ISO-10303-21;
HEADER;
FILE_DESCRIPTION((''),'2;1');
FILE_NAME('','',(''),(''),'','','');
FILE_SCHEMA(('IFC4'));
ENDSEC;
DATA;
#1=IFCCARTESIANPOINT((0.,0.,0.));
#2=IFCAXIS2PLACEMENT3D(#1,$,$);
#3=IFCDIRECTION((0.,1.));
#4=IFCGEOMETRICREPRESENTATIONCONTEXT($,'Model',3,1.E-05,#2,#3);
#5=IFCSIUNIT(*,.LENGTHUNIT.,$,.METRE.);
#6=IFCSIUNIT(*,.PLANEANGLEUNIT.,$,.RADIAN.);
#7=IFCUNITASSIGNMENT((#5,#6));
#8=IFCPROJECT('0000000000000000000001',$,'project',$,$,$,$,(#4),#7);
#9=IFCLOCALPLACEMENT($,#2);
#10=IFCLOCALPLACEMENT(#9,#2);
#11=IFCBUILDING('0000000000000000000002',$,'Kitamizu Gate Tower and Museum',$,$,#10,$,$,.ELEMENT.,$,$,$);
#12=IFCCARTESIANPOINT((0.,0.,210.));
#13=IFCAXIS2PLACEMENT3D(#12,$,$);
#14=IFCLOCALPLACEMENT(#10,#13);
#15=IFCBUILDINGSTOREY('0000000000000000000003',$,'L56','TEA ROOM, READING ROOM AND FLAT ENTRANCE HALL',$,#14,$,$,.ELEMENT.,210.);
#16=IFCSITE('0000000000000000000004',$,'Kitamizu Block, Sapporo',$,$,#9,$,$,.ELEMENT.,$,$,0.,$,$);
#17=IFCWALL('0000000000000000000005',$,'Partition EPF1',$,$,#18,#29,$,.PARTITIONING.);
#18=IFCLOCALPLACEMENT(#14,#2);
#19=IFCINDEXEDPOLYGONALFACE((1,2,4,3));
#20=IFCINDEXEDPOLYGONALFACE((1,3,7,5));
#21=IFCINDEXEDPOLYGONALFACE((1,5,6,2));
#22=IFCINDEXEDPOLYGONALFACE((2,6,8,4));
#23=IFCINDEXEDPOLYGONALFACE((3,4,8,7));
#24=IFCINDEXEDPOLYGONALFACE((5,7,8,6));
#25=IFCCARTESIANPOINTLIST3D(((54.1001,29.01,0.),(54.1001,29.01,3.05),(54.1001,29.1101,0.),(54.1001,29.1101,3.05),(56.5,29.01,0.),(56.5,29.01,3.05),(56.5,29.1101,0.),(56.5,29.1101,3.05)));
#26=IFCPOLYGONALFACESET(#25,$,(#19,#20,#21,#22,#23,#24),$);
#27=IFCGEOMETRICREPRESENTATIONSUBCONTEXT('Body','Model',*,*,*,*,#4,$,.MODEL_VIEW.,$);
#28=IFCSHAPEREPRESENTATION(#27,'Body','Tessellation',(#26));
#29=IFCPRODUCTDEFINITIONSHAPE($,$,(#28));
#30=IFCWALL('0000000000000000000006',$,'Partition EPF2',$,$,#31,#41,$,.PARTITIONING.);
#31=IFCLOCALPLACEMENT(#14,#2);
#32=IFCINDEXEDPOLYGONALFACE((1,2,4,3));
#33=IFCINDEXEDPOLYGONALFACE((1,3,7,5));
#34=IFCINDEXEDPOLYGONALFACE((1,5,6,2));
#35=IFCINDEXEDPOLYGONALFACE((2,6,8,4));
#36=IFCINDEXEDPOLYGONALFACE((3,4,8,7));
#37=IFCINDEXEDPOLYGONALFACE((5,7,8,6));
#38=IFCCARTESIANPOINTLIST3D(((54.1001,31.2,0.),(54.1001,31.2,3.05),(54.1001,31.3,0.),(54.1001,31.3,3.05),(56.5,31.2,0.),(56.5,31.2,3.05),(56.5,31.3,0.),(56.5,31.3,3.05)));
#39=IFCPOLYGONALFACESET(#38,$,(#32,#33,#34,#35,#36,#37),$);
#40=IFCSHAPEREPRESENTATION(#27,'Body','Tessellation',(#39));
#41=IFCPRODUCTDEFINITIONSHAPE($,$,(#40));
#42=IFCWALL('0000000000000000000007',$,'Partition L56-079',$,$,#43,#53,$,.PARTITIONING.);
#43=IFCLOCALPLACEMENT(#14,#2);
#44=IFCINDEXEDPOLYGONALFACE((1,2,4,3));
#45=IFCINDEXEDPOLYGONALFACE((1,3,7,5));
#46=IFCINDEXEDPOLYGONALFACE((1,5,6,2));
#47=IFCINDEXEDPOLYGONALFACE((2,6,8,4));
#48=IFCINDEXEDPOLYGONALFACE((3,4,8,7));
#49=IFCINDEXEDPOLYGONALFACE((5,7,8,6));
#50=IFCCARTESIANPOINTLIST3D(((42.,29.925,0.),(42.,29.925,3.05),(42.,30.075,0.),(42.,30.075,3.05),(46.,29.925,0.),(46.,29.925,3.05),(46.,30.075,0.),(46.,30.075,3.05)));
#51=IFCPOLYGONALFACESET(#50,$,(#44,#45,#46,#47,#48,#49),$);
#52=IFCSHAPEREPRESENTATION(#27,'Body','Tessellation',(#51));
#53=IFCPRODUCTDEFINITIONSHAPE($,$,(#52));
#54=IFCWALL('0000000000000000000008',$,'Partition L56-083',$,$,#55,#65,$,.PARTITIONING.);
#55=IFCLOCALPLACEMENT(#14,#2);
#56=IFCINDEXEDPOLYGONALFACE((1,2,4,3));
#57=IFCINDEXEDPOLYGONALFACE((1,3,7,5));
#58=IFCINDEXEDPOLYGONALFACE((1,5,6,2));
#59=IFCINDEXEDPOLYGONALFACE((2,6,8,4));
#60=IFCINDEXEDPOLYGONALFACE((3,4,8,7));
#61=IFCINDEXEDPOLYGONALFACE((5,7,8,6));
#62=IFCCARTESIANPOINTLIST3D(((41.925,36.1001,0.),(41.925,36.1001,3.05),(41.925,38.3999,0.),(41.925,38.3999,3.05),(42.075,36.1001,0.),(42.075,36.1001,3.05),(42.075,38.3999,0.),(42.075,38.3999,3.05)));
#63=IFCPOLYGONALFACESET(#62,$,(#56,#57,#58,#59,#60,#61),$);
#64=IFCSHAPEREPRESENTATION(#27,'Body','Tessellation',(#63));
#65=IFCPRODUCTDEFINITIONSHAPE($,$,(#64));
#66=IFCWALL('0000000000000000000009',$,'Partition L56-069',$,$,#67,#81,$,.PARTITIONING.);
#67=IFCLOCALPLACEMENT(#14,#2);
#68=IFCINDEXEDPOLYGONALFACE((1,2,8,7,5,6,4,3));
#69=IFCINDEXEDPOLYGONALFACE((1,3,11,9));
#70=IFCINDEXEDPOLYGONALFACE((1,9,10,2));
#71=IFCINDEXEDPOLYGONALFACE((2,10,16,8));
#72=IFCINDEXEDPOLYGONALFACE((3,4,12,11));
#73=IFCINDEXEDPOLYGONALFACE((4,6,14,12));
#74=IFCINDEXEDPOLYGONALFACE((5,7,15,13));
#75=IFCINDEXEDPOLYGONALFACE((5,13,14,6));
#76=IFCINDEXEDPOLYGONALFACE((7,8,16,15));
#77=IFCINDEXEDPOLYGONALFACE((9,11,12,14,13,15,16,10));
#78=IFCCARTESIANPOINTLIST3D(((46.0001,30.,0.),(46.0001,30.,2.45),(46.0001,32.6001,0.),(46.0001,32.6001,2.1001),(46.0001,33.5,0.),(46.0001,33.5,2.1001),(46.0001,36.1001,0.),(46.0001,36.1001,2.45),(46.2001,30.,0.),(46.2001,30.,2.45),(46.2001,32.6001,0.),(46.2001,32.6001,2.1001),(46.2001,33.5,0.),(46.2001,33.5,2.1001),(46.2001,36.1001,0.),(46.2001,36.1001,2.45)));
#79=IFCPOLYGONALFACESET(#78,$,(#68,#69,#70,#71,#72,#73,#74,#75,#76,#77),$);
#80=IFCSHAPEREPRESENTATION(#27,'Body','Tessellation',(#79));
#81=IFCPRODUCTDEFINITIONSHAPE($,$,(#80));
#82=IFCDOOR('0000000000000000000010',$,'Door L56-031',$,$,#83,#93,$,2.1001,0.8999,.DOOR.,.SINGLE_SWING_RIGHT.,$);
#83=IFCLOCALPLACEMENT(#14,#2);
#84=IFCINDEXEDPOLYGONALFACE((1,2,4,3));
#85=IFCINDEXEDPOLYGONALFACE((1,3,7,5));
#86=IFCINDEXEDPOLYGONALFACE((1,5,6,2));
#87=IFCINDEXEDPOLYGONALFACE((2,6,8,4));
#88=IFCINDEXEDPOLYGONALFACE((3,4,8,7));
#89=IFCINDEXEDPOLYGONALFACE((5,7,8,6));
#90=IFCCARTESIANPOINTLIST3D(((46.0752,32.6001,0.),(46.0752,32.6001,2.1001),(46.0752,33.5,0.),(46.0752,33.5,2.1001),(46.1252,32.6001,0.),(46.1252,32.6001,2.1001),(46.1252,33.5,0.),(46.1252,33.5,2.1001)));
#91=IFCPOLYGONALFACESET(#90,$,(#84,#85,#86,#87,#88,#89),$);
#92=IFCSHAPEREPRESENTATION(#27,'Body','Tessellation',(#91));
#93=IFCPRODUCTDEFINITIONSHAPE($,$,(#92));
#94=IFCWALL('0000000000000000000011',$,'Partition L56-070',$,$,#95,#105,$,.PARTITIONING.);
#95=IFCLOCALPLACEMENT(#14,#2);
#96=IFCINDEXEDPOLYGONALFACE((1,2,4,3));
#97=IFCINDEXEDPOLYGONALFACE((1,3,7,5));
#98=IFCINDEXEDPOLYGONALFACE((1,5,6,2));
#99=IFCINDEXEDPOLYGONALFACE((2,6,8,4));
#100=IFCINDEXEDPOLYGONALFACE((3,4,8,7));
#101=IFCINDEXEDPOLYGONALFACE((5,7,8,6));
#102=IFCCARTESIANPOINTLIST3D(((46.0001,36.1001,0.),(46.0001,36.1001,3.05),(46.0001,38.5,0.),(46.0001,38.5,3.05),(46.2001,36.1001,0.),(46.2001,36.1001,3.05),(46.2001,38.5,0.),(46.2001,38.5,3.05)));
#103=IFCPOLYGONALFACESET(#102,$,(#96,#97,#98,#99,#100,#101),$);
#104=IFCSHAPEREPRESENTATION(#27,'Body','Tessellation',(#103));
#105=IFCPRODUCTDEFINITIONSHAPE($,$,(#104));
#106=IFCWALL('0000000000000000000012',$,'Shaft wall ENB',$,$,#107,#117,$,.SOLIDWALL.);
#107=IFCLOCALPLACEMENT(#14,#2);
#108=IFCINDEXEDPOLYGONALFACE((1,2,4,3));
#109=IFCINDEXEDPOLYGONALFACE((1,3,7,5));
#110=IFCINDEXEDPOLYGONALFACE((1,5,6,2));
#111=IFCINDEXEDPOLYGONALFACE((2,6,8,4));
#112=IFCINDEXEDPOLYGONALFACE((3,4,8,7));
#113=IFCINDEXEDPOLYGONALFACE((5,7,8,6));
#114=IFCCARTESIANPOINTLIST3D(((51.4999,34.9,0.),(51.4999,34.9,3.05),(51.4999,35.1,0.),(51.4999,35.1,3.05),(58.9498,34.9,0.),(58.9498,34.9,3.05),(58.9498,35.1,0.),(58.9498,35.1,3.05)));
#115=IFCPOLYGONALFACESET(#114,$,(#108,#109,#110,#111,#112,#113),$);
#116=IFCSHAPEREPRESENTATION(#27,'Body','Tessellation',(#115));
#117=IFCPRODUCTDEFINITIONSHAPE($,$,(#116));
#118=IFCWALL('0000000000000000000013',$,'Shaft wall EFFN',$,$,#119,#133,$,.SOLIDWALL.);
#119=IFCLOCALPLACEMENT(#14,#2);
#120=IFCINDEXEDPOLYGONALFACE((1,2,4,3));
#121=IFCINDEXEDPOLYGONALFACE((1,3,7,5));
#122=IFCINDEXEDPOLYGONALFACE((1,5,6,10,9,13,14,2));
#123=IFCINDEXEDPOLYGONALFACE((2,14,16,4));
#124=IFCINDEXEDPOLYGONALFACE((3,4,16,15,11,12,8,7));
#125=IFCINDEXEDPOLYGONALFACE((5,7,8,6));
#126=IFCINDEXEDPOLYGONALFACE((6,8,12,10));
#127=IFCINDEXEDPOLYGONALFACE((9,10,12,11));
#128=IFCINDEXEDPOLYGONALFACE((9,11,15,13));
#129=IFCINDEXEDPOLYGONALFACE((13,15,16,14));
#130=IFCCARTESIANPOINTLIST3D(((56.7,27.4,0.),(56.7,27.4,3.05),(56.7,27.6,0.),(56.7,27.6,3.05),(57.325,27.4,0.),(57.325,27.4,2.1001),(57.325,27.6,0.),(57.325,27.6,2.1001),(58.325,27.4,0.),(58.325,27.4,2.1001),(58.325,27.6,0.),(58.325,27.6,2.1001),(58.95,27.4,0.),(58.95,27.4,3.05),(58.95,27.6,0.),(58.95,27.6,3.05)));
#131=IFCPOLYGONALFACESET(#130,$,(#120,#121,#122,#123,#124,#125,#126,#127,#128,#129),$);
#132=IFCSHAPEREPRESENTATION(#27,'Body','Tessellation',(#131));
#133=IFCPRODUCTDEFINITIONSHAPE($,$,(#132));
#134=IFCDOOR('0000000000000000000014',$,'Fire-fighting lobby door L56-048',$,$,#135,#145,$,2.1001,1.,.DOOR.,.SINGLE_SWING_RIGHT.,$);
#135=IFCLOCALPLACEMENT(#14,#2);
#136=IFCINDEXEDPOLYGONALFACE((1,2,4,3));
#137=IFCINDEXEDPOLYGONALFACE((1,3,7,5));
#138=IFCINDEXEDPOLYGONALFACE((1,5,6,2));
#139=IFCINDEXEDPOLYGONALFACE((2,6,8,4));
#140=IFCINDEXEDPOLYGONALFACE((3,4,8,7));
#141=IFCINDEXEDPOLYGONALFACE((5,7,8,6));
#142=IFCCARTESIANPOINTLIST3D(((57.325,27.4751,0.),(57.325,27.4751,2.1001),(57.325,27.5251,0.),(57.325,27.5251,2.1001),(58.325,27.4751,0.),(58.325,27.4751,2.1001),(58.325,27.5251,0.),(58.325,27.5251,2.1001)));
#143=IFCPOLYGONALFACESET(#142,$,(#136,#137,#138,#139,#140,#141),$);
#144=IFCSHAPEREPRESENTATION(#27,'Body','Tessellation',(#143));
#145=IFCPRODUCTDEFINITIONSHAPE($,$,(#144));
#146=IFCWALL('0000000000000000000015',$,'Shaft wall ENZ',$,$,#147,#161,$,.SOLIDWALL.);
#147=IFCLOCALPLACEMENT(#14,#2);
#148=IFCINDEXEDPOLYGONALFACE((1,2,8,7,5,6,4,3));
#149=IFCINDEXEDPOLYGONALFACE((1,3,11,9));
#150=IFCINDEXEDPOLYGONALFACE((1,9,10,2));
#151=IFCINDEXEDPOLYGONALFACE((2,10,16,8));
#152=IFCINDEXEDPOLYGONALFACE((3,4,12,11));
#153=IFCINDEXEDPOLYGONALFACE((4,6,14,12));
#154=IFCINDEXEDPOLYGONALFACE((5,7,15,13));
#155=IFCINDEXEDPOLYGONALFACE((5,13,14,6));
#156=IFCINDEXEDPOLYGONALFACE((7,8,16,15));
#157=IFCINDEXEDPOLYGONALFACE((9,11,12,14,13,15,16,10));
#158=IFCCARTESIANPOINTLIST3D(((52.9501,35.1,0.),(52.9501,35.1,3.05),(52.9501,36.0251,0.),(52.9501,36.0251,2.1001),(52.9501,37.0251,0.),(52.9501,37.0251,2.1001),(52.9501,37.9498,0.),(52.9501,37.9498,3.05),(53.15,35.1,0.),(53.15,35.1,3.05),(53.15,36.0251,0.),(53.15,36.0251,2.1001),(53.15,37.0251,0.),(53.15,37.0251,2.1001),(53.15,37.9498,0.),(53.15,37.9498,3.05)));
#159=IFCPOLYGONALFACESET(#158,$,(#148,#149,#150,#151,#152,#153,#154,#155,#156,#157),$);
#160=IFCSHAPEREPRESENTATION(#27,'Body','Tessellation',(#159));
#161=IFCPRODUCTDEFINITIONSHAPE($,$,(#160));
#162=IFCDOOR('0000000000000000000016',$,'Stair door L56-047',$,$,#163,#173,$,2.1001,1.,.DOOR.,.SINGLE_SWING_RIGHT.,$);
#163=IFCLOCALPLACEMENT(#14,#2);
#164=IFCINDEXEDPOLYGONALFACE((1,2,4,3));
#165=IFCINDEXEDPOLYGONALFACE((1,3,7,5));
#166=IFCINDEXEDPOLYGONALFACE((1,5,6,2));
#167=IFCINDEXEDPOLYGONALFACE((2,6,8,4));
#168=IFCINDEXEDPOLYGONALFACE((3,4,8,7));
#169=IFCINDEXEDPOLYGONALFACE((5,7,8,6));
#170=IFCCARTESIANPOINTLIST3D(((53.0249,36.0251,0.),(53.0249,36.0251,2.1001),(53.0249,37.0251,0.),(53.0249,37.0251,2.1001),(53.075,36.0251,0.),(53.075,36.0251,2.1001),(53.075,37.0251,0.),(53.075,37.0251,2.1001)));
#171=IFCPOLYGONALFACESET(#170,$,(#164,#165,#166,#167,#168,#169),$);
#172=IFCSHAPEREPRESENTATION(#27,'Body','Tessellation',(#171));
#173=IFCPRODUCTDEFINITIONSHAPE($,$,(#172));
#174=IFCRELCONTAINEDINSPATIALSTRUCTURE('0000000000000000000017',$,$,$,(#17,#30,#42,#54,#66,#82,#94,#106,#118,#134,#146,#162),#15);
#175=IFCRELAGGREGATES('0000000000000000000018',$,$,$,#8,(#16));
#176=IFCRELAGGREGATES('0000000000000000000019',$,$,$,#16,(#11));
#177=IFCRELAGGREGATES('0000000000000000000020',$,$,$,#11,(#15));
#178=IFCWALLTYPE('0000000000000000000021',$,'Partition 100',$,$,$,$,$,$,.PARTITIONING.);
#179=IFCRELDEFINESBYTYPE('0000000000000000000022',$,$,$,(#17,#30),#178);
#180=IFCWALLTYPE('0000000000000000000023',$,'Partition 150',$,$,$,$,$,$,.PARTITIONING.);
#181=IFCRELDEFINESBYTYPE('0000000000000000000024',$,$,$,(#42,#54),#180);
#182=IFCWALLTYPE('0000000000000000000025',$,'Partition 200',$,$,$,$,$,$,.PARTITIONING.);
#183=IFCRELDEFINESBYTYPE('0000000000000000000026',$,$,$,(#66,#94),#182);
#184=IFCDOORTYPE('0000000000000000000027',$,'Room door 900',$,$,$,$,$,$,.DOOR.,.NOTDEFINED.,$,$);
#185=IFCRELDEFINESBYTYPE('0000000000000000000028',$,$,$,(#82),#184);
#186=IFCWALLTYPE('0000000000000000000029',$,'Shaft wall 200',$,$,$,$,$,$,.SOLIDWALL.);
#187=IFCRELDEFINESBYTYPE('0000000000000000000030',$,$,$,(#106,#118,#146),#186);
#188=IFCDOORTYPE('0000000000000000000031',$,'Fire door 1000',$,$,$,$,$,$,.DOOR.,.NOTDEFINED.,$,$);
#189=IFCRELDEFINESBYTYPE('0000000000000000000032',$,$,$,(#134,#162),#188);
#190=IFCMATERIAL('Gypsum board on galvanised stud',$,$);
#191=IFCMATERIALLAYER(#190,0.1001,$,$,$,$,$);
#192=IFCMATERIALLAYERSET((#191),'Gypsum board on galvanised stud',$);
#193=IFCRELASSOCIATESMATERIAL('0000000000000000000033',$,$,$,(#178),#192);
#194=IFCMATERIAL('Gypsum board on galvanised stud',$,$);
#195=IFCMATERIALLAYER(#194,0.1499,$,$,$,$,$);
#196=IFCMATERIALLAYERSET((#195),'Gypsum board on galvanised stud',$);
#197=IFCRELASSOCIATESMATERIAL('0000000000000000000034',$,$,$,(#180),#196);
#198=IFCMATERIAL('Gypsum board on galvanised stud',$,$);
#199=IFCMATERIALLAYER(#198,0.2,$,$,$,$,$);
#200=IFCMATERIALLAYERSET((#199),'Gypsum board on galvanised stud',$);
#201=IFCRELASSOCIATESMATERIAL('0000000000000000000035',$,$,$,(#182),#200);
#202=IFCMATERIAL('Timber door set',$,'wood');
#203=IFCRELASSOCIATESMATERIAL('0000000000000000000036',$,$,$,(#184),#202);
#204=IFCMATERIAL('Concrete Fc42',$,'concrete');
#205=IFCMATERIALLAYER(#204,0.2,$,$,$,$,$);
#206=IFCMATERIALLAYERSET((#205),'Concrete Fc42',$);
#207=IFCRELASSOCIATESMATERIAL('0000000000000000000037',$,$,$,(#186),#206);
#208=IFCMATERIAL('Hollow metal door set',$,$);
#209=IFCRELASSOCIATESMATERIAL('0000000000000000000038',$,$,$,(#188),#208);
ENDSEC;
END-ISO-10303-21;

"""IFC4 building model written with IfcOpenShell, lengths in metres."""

from ifc_helpers import new_model, si_unit, direction, frame, frame_2d, origin, place, context, subcontext, project, spatial, rectangle, extrude, material, layer, layer_set, type_object, element, fill, save


model = new_model("IFC4")

# Units and contexts
model_context = context("Model", 3, precision=1e-05, world=origin(), true_north=direction((0.0, 1.0)))
body_context = subcontext(model_context, "Body", "Model", "MODEL_VIEW")
ifc_project = project(units=[si_unit("LENGTHUNIT", "METRE"), si_unit("PLANEANGLEUNIT", "RADIAN")], contexts=[model_context])

# Site, building, storey
site_placement = place(None, origin())
site = spatial("IfcSite", under=ifc_project, at=site_placement, Name="Kitamizu Block, Sapporo", CompositionType="ELEMENT", RefElevation=0.0)
building_placement = place(site_placement, origin())
building = spatial("IfcBuilding", under=site, at=building_placement, Name="Kitamizu Gate Tower and Museum", CompositionType="ELEMENT")
storey_placement = place(building_placement, frame((0.0, 0.0, 210.0)))
storey = spatial("IfcBuildingStorey", under=building, at=storey_placement, Name="L56", Description="TEA ROOM, READING ROOM AND FLAT ENTRANCE HALL", CompositionType="ELEMENT", Elevation=210.0)

# Walls
ifc_material_1 = material(Name="Gypsum board on galvanised stud")
ifc_layer_1 = layer(ifc_material_1, 0.1001)
ifc_layer_set_1 = layer_set([ifc_layer_1], Name="Gypsum board on galvanised stud")
wall_type_1 = type_object("IfcWallType", Name="Partition 100", PredefinedType="PARTITIONING", material=ifc_layer_set_1)
for number, where, z_axis, x_axis, name in (
    (1, (56.5, 29.0601, 0.0), (0.0, 0.0, 1.0), (-1.0, 0.0, 0.0), "Partition EPF1"),
    (2, (56.5, 31.25, 0.0), (0.0, 0.0, 1.0), (-1.0, 0.0, 0.0), "Partition EPF2"),
):
    element("IfcWall", number, at=place(storey_placement, frame(where, z_axis=z_axis, x_axis=x_axis)), inside=storey, type_object=wall_type_1, Name=name, PredefinedType="PARTITIONING", context=body_context, shape_type="SweptSolid", body=[
        extrude(rectangle(XDim=2.3999, YDim=0.1001, at=frame_2d((1.2, 0.0))), origin(), (0.0, 0.0, 1.0), 3.05),
    ])
ifc_material_2 = material(Name="Gypsum board on galvanised stud")
ifc_layer_2 = layer(ifc_material_2, 0.1499)
ifc_layer_set_2 = layer_set([ifc_layer_2], Name="Gypsum board on galvanised stud")
wall_type_2 = type_object("IfcWallType", Name="Partition 150", PredefinedType="PARTITIONING", material=ifc_layer_set_2)
wall_1_placement = place(storey_placement, frame((46.0, 30.0, 0.0), z_axis=(0.0, 0.0, 1.0), x_axis=(-1.0, 0.0, 0.0)))
element("IfcWall", 3, at=wall_1_placement, inside=storey, type_object=wall_type_2, Name="Partition L56-079", PredefinedType="PARTITIONING", context=body_context, shape_type="SweptSolid", body=[
    extrude(rectangle(XDim=4.0, YDim=0.1499, at=frame_2d((2.0, 0.0))), origin(), (0.0, 0.0, 1.0), 3.05),
])
wall_2_placement = place(storey_placement, frame((42.0, 36.1001, 0.0), z_axis=(0.0, 0.0, 1.0), x_axis=(0.0, 1.0, 0.0)))
element("IfcWall", 4, at=wall_2_placement, inside=storey, type_object=wall_type_2, Name="Partition L56-083", PredefinedType="PARTITIONING", context=body_context, shape_type="SweptSolid", body=[
    extrude(rectangle(XDim=2.2998, YDim=0.1499, at=frame_2d((1.1499, 0.0))), origin(), (0.0, 0.0, 1.0), 3.05),
])

# Wall, opening, door
ifc_material_3 = material(Name="Gypsum board on galvanised stud")
ifc_layer_3 = layer(ifc_material_3, 0.2)
ifc_layer_set_3 = layer_set([ifc_layer_3], Name="Gypsum board on galvanised stud")
wall_type_3 = type_object("IfcWallType", Name="Partition 200", PredefinedType="PARTITIONING", material=ifc_layer_set_3)
wall_3_placement = place(storey_placement, frame((46.1001, 30.0, 0.0), z_axis=(0.0, 0.0, 1.0), x_axis=(0.0, 1.0, 0.0)))
wall_3 = element("IfcWall", 5, at=wall_3_placement, inside=storey, type_object=wall_type_3, Name="Partition L56-069", PredefinedType="PARTITIONING", context=body_context, shape_type="SweptSolid", body=[
    extrude(rectangle(XDim=6.1001, YDim=0.2, at=frame_2d((3.05, 0.0))), origin(), (0.0, 0.0, 1.0), 2.45),
])
opening_1_placement = place(wall_3_placement, frame((2.6001, 0.0, 0.0)))
opening_1 = element("IfcOpeningElement", 6, at=opening_1_placement, cuts=wall_3, PredefinedType="OPENING", context=body_context, shape_type="SweptSolid", body=[
    extrude(rectangle(XDim=0.8999, YDim=2.1001, at=frame_2d((0.45, 1.05))), frame((0.0, 0.1099, 0.0), z_axis=(0.0, -1.0, 0.0), x_axis=(1.0, 0.0, 0.0)), (0.0, 0.0, 1.0), 0.22),
])
ifc_material_4 = material(Name="Timber door set", Category="wood")
door_type_1 = type_object("IfcDoorType", Name="Room door 900", OperationType="NOTDEFINED", PredefinedType="DOOR", material=ifc_material_4)
door_1_placement = place(opening_1_placement, origin())
door_1 = element("IfcDoor", 7, at=door_1_placement, inside=storey, type_object=door_type_1, Name="Door L56-031", OperationType="SINGLE_SWING_RIGHT", OverallHeight=2.1001, OverallWidth=0.8999, PredefinedType="DOOR", context=body_context, shape_type="SweptSolid", body=[
    extrude(rectangle(XDim=0.8999, YDim=2.1001, at=frame_2d((0.45, 1.05))), frame((0.0, 0.0249, 0.0), z_axis=(0.0, -1.0, 0.0), x_axis=(1.0, 0.0, 0.0)), (0.0, 0.0, 1.0), 0.05),
])
fill(opening_1, door_1)

# Walls
wall_4_placement = place(storey_placement, frame((46.1001, 36.1001, 0.0), z_axis=(0.0, 0.0, 1.0), x_axis=(0.0, 1.0, 0.0)))
element("IfcWall", 8, at=wall_4_placement, inside=storey, type_object=wall_type_3, Name="Partition L56-070", PredefinedType="PARTITIONING", context=body_context, shape_type="SweptSolid", body=[
    extrude(rectangle(XDim=2.3999, YDim=0.2, at=frame_2d((1.2, 0.0))), origin(), (0.0, 0.0, 1.0), 3.05),
])
ifc_material_5 = material(Name="Concrete Fc42", Category="concrete")
ifc_layer_4 = layer(ifc_material_5, 0.2)
ifc_layer_set_4 = layer_set([ifc_layer_4], Name="Concrete Fc42")
wall_type_4 = type_object("IfcWallType", Name="Shaft wall 200", PredefinedType="SOLIDWALL", material=ifc_layer_set_4)
wall_5_placement = place(storey_placement, frame((58.95, 35.0, 0.0), z_axis=(0.0, 0.0, 1.0), x_axis=(-1.0, 0.0, 0.0)))
element("IfcWall", 9, at=wall_5_placement, inside=storey, type_object=wall_type_4, Name="Shaft wall ENB", PredefinedType="SOLIDWALL", context=body_context, shape_type="SweptSolid", body=[
    extrude(rectangle(XDim=7.45, YDim=0.2, at=frame_2d((3.7251, 0.0))), origin(), (0.0, 0.0, 1.0), 3.05),
])

# Walls, openings, doors
wall_6_placement = place(storey_placement, frame((58.95, 27.5, 0.0), z_axis=(0.0, 0.0, 1.0), x_axis=(-1.0, 0.0, 0.0)))
wall_6 = element("IfcWall", 10, at=wall_6_placement, inside=storey, type_object=wall_type_4, Name="Shaft wall EFFN", PredefinedType="SOLIDWALL", context=body_context, shape_type="SweptSolid", body=[
    extrude(rectangle(XDim=2.25, YDim=0.2, at=frame_2d((1.125, 0.0))), origin(), (0.0, 0.0, 1.0), 3.05),
])
opening_2_placement = place(wall_6_placement, frame((0.625, 0.0, 0.0)))
opening_2 = element("IfcOpeningElement", 11, at=opening_2_placement, cuts=wall_6, PredefinedType="OPENING", context=body_context, shape_type="SweptSolid", body=[
    extrude(rectangle(XDim=1.0, YDim=2.1001, at=frame_2d((0.5, 1.05))), frame((0.0, 0.1099, 0.0), z_axis=(0.0, -1.0, 0.0), x_axis=(1.0, 0.0, 0.0)), (0.0, 0.0, 1.0), 0.22),
])
ifc_material_6 = material(Name="Hollow metal door set")
door_type_2 = type_object("IfcDoorType", Name="Fire door 1000", OperationType="NOTDEFINED", PredefinedType="DOOR", material=ifc_material_6)
door_2_placement = place(opening_2_placement, origin())
door_2 = element("IfcDoor", 12, at=door_2_placement, inside=storey, type_object=door_type_2, Name="Fire-fighting lobby door L56-048", OperationType="SINGLE_SWING_RIGHT", OverallHeight=2.1001, OverallWidth=1.0, PredefinedType="DOOR", context=body_context, shape_type="SweptSolid", body=[
    extrude(rectangle(XDim=1.0, YDim=2.1001, at=frame_2d((0.5, 1.05))), frame((0.0, 0.0249, 0.0), z_axis=(0.0, -1.0, 0.0), x_axis=(1.0, 0.0, 0.0)), (0.0, 0.0, 1.0), 0.05),
])
fill(opening_2, door_2)
wall_7_placement = place(storey_placement, frame((53.05, 35.1001, 0.0), z_axis=(0.0, 0.0, 1.0), x_axis=(0.0, 1.0, 0.0)))
wall_7 = element("IfcWall", 13, at=wall_7_placement, inside=storey, type_object=wall_type_4, Name="Shaft wall ENZ", PredefinedType="SOLIDWALL", context=body_context, shape_type="SweptSolid", body=[
    extrude(rectangle(XDim=2.8499, YDim=0.2, at=frame_2d((1.4248, 0.0))), origin(), (0.0, 0.0, 1.0), 3.05),
])
opening_3_placement = place(wall_7_placement, frame((0.925, 0.0, 0.0)))
opening_3 = element("IfcOpeningElement", 14, at=opening_3_placement, cuts=wall_7, PredefinedType="OPENING", context=body_context, shape_type="SweptSolid", body=[
    extrude(rectangle(XDim=1.0, YDim=2.1001, at=frame_2d((0.5, 1.05))), frame((0.0, 0.1099, 0.0), z_axis=(0.0, -1.0, 0.0), x_axis=(1.0, 0.0, 0.0)), (0.0, 0.0, 1.0), 0.22),
])
door_3_placement = place(opening_3_placement, frame((1.0, 0.0, 0.0), x_axis=(-1.0, 0.0, 0.0)))
door_3 = element("IfcDoor", 15, at=door_3_placement, inside=storey, type_object=door_type_2, Name="Stair door L56-047", OperationType="SINGLE_SWING_RIGHT", OverallHeight=2.1001, OverallWidth=1.0, PredefinedType="DOOR", context=body_context, shape_type="SweptSolid", body=[
    extrude(rectangle(XDim=1.0, YDim=2.1001, at=frame_2d((0.5, 1.05))), frame((0.0, 0.0249, 0.0), z_axis=(0.0, -1.0, 0.0), x_axis=(1.0, 0.0, 0.0)), (0.0, 0.0, 1.0), 0.05),
])
fill(opening_3, door_3)

save(model, "model.ifc")
